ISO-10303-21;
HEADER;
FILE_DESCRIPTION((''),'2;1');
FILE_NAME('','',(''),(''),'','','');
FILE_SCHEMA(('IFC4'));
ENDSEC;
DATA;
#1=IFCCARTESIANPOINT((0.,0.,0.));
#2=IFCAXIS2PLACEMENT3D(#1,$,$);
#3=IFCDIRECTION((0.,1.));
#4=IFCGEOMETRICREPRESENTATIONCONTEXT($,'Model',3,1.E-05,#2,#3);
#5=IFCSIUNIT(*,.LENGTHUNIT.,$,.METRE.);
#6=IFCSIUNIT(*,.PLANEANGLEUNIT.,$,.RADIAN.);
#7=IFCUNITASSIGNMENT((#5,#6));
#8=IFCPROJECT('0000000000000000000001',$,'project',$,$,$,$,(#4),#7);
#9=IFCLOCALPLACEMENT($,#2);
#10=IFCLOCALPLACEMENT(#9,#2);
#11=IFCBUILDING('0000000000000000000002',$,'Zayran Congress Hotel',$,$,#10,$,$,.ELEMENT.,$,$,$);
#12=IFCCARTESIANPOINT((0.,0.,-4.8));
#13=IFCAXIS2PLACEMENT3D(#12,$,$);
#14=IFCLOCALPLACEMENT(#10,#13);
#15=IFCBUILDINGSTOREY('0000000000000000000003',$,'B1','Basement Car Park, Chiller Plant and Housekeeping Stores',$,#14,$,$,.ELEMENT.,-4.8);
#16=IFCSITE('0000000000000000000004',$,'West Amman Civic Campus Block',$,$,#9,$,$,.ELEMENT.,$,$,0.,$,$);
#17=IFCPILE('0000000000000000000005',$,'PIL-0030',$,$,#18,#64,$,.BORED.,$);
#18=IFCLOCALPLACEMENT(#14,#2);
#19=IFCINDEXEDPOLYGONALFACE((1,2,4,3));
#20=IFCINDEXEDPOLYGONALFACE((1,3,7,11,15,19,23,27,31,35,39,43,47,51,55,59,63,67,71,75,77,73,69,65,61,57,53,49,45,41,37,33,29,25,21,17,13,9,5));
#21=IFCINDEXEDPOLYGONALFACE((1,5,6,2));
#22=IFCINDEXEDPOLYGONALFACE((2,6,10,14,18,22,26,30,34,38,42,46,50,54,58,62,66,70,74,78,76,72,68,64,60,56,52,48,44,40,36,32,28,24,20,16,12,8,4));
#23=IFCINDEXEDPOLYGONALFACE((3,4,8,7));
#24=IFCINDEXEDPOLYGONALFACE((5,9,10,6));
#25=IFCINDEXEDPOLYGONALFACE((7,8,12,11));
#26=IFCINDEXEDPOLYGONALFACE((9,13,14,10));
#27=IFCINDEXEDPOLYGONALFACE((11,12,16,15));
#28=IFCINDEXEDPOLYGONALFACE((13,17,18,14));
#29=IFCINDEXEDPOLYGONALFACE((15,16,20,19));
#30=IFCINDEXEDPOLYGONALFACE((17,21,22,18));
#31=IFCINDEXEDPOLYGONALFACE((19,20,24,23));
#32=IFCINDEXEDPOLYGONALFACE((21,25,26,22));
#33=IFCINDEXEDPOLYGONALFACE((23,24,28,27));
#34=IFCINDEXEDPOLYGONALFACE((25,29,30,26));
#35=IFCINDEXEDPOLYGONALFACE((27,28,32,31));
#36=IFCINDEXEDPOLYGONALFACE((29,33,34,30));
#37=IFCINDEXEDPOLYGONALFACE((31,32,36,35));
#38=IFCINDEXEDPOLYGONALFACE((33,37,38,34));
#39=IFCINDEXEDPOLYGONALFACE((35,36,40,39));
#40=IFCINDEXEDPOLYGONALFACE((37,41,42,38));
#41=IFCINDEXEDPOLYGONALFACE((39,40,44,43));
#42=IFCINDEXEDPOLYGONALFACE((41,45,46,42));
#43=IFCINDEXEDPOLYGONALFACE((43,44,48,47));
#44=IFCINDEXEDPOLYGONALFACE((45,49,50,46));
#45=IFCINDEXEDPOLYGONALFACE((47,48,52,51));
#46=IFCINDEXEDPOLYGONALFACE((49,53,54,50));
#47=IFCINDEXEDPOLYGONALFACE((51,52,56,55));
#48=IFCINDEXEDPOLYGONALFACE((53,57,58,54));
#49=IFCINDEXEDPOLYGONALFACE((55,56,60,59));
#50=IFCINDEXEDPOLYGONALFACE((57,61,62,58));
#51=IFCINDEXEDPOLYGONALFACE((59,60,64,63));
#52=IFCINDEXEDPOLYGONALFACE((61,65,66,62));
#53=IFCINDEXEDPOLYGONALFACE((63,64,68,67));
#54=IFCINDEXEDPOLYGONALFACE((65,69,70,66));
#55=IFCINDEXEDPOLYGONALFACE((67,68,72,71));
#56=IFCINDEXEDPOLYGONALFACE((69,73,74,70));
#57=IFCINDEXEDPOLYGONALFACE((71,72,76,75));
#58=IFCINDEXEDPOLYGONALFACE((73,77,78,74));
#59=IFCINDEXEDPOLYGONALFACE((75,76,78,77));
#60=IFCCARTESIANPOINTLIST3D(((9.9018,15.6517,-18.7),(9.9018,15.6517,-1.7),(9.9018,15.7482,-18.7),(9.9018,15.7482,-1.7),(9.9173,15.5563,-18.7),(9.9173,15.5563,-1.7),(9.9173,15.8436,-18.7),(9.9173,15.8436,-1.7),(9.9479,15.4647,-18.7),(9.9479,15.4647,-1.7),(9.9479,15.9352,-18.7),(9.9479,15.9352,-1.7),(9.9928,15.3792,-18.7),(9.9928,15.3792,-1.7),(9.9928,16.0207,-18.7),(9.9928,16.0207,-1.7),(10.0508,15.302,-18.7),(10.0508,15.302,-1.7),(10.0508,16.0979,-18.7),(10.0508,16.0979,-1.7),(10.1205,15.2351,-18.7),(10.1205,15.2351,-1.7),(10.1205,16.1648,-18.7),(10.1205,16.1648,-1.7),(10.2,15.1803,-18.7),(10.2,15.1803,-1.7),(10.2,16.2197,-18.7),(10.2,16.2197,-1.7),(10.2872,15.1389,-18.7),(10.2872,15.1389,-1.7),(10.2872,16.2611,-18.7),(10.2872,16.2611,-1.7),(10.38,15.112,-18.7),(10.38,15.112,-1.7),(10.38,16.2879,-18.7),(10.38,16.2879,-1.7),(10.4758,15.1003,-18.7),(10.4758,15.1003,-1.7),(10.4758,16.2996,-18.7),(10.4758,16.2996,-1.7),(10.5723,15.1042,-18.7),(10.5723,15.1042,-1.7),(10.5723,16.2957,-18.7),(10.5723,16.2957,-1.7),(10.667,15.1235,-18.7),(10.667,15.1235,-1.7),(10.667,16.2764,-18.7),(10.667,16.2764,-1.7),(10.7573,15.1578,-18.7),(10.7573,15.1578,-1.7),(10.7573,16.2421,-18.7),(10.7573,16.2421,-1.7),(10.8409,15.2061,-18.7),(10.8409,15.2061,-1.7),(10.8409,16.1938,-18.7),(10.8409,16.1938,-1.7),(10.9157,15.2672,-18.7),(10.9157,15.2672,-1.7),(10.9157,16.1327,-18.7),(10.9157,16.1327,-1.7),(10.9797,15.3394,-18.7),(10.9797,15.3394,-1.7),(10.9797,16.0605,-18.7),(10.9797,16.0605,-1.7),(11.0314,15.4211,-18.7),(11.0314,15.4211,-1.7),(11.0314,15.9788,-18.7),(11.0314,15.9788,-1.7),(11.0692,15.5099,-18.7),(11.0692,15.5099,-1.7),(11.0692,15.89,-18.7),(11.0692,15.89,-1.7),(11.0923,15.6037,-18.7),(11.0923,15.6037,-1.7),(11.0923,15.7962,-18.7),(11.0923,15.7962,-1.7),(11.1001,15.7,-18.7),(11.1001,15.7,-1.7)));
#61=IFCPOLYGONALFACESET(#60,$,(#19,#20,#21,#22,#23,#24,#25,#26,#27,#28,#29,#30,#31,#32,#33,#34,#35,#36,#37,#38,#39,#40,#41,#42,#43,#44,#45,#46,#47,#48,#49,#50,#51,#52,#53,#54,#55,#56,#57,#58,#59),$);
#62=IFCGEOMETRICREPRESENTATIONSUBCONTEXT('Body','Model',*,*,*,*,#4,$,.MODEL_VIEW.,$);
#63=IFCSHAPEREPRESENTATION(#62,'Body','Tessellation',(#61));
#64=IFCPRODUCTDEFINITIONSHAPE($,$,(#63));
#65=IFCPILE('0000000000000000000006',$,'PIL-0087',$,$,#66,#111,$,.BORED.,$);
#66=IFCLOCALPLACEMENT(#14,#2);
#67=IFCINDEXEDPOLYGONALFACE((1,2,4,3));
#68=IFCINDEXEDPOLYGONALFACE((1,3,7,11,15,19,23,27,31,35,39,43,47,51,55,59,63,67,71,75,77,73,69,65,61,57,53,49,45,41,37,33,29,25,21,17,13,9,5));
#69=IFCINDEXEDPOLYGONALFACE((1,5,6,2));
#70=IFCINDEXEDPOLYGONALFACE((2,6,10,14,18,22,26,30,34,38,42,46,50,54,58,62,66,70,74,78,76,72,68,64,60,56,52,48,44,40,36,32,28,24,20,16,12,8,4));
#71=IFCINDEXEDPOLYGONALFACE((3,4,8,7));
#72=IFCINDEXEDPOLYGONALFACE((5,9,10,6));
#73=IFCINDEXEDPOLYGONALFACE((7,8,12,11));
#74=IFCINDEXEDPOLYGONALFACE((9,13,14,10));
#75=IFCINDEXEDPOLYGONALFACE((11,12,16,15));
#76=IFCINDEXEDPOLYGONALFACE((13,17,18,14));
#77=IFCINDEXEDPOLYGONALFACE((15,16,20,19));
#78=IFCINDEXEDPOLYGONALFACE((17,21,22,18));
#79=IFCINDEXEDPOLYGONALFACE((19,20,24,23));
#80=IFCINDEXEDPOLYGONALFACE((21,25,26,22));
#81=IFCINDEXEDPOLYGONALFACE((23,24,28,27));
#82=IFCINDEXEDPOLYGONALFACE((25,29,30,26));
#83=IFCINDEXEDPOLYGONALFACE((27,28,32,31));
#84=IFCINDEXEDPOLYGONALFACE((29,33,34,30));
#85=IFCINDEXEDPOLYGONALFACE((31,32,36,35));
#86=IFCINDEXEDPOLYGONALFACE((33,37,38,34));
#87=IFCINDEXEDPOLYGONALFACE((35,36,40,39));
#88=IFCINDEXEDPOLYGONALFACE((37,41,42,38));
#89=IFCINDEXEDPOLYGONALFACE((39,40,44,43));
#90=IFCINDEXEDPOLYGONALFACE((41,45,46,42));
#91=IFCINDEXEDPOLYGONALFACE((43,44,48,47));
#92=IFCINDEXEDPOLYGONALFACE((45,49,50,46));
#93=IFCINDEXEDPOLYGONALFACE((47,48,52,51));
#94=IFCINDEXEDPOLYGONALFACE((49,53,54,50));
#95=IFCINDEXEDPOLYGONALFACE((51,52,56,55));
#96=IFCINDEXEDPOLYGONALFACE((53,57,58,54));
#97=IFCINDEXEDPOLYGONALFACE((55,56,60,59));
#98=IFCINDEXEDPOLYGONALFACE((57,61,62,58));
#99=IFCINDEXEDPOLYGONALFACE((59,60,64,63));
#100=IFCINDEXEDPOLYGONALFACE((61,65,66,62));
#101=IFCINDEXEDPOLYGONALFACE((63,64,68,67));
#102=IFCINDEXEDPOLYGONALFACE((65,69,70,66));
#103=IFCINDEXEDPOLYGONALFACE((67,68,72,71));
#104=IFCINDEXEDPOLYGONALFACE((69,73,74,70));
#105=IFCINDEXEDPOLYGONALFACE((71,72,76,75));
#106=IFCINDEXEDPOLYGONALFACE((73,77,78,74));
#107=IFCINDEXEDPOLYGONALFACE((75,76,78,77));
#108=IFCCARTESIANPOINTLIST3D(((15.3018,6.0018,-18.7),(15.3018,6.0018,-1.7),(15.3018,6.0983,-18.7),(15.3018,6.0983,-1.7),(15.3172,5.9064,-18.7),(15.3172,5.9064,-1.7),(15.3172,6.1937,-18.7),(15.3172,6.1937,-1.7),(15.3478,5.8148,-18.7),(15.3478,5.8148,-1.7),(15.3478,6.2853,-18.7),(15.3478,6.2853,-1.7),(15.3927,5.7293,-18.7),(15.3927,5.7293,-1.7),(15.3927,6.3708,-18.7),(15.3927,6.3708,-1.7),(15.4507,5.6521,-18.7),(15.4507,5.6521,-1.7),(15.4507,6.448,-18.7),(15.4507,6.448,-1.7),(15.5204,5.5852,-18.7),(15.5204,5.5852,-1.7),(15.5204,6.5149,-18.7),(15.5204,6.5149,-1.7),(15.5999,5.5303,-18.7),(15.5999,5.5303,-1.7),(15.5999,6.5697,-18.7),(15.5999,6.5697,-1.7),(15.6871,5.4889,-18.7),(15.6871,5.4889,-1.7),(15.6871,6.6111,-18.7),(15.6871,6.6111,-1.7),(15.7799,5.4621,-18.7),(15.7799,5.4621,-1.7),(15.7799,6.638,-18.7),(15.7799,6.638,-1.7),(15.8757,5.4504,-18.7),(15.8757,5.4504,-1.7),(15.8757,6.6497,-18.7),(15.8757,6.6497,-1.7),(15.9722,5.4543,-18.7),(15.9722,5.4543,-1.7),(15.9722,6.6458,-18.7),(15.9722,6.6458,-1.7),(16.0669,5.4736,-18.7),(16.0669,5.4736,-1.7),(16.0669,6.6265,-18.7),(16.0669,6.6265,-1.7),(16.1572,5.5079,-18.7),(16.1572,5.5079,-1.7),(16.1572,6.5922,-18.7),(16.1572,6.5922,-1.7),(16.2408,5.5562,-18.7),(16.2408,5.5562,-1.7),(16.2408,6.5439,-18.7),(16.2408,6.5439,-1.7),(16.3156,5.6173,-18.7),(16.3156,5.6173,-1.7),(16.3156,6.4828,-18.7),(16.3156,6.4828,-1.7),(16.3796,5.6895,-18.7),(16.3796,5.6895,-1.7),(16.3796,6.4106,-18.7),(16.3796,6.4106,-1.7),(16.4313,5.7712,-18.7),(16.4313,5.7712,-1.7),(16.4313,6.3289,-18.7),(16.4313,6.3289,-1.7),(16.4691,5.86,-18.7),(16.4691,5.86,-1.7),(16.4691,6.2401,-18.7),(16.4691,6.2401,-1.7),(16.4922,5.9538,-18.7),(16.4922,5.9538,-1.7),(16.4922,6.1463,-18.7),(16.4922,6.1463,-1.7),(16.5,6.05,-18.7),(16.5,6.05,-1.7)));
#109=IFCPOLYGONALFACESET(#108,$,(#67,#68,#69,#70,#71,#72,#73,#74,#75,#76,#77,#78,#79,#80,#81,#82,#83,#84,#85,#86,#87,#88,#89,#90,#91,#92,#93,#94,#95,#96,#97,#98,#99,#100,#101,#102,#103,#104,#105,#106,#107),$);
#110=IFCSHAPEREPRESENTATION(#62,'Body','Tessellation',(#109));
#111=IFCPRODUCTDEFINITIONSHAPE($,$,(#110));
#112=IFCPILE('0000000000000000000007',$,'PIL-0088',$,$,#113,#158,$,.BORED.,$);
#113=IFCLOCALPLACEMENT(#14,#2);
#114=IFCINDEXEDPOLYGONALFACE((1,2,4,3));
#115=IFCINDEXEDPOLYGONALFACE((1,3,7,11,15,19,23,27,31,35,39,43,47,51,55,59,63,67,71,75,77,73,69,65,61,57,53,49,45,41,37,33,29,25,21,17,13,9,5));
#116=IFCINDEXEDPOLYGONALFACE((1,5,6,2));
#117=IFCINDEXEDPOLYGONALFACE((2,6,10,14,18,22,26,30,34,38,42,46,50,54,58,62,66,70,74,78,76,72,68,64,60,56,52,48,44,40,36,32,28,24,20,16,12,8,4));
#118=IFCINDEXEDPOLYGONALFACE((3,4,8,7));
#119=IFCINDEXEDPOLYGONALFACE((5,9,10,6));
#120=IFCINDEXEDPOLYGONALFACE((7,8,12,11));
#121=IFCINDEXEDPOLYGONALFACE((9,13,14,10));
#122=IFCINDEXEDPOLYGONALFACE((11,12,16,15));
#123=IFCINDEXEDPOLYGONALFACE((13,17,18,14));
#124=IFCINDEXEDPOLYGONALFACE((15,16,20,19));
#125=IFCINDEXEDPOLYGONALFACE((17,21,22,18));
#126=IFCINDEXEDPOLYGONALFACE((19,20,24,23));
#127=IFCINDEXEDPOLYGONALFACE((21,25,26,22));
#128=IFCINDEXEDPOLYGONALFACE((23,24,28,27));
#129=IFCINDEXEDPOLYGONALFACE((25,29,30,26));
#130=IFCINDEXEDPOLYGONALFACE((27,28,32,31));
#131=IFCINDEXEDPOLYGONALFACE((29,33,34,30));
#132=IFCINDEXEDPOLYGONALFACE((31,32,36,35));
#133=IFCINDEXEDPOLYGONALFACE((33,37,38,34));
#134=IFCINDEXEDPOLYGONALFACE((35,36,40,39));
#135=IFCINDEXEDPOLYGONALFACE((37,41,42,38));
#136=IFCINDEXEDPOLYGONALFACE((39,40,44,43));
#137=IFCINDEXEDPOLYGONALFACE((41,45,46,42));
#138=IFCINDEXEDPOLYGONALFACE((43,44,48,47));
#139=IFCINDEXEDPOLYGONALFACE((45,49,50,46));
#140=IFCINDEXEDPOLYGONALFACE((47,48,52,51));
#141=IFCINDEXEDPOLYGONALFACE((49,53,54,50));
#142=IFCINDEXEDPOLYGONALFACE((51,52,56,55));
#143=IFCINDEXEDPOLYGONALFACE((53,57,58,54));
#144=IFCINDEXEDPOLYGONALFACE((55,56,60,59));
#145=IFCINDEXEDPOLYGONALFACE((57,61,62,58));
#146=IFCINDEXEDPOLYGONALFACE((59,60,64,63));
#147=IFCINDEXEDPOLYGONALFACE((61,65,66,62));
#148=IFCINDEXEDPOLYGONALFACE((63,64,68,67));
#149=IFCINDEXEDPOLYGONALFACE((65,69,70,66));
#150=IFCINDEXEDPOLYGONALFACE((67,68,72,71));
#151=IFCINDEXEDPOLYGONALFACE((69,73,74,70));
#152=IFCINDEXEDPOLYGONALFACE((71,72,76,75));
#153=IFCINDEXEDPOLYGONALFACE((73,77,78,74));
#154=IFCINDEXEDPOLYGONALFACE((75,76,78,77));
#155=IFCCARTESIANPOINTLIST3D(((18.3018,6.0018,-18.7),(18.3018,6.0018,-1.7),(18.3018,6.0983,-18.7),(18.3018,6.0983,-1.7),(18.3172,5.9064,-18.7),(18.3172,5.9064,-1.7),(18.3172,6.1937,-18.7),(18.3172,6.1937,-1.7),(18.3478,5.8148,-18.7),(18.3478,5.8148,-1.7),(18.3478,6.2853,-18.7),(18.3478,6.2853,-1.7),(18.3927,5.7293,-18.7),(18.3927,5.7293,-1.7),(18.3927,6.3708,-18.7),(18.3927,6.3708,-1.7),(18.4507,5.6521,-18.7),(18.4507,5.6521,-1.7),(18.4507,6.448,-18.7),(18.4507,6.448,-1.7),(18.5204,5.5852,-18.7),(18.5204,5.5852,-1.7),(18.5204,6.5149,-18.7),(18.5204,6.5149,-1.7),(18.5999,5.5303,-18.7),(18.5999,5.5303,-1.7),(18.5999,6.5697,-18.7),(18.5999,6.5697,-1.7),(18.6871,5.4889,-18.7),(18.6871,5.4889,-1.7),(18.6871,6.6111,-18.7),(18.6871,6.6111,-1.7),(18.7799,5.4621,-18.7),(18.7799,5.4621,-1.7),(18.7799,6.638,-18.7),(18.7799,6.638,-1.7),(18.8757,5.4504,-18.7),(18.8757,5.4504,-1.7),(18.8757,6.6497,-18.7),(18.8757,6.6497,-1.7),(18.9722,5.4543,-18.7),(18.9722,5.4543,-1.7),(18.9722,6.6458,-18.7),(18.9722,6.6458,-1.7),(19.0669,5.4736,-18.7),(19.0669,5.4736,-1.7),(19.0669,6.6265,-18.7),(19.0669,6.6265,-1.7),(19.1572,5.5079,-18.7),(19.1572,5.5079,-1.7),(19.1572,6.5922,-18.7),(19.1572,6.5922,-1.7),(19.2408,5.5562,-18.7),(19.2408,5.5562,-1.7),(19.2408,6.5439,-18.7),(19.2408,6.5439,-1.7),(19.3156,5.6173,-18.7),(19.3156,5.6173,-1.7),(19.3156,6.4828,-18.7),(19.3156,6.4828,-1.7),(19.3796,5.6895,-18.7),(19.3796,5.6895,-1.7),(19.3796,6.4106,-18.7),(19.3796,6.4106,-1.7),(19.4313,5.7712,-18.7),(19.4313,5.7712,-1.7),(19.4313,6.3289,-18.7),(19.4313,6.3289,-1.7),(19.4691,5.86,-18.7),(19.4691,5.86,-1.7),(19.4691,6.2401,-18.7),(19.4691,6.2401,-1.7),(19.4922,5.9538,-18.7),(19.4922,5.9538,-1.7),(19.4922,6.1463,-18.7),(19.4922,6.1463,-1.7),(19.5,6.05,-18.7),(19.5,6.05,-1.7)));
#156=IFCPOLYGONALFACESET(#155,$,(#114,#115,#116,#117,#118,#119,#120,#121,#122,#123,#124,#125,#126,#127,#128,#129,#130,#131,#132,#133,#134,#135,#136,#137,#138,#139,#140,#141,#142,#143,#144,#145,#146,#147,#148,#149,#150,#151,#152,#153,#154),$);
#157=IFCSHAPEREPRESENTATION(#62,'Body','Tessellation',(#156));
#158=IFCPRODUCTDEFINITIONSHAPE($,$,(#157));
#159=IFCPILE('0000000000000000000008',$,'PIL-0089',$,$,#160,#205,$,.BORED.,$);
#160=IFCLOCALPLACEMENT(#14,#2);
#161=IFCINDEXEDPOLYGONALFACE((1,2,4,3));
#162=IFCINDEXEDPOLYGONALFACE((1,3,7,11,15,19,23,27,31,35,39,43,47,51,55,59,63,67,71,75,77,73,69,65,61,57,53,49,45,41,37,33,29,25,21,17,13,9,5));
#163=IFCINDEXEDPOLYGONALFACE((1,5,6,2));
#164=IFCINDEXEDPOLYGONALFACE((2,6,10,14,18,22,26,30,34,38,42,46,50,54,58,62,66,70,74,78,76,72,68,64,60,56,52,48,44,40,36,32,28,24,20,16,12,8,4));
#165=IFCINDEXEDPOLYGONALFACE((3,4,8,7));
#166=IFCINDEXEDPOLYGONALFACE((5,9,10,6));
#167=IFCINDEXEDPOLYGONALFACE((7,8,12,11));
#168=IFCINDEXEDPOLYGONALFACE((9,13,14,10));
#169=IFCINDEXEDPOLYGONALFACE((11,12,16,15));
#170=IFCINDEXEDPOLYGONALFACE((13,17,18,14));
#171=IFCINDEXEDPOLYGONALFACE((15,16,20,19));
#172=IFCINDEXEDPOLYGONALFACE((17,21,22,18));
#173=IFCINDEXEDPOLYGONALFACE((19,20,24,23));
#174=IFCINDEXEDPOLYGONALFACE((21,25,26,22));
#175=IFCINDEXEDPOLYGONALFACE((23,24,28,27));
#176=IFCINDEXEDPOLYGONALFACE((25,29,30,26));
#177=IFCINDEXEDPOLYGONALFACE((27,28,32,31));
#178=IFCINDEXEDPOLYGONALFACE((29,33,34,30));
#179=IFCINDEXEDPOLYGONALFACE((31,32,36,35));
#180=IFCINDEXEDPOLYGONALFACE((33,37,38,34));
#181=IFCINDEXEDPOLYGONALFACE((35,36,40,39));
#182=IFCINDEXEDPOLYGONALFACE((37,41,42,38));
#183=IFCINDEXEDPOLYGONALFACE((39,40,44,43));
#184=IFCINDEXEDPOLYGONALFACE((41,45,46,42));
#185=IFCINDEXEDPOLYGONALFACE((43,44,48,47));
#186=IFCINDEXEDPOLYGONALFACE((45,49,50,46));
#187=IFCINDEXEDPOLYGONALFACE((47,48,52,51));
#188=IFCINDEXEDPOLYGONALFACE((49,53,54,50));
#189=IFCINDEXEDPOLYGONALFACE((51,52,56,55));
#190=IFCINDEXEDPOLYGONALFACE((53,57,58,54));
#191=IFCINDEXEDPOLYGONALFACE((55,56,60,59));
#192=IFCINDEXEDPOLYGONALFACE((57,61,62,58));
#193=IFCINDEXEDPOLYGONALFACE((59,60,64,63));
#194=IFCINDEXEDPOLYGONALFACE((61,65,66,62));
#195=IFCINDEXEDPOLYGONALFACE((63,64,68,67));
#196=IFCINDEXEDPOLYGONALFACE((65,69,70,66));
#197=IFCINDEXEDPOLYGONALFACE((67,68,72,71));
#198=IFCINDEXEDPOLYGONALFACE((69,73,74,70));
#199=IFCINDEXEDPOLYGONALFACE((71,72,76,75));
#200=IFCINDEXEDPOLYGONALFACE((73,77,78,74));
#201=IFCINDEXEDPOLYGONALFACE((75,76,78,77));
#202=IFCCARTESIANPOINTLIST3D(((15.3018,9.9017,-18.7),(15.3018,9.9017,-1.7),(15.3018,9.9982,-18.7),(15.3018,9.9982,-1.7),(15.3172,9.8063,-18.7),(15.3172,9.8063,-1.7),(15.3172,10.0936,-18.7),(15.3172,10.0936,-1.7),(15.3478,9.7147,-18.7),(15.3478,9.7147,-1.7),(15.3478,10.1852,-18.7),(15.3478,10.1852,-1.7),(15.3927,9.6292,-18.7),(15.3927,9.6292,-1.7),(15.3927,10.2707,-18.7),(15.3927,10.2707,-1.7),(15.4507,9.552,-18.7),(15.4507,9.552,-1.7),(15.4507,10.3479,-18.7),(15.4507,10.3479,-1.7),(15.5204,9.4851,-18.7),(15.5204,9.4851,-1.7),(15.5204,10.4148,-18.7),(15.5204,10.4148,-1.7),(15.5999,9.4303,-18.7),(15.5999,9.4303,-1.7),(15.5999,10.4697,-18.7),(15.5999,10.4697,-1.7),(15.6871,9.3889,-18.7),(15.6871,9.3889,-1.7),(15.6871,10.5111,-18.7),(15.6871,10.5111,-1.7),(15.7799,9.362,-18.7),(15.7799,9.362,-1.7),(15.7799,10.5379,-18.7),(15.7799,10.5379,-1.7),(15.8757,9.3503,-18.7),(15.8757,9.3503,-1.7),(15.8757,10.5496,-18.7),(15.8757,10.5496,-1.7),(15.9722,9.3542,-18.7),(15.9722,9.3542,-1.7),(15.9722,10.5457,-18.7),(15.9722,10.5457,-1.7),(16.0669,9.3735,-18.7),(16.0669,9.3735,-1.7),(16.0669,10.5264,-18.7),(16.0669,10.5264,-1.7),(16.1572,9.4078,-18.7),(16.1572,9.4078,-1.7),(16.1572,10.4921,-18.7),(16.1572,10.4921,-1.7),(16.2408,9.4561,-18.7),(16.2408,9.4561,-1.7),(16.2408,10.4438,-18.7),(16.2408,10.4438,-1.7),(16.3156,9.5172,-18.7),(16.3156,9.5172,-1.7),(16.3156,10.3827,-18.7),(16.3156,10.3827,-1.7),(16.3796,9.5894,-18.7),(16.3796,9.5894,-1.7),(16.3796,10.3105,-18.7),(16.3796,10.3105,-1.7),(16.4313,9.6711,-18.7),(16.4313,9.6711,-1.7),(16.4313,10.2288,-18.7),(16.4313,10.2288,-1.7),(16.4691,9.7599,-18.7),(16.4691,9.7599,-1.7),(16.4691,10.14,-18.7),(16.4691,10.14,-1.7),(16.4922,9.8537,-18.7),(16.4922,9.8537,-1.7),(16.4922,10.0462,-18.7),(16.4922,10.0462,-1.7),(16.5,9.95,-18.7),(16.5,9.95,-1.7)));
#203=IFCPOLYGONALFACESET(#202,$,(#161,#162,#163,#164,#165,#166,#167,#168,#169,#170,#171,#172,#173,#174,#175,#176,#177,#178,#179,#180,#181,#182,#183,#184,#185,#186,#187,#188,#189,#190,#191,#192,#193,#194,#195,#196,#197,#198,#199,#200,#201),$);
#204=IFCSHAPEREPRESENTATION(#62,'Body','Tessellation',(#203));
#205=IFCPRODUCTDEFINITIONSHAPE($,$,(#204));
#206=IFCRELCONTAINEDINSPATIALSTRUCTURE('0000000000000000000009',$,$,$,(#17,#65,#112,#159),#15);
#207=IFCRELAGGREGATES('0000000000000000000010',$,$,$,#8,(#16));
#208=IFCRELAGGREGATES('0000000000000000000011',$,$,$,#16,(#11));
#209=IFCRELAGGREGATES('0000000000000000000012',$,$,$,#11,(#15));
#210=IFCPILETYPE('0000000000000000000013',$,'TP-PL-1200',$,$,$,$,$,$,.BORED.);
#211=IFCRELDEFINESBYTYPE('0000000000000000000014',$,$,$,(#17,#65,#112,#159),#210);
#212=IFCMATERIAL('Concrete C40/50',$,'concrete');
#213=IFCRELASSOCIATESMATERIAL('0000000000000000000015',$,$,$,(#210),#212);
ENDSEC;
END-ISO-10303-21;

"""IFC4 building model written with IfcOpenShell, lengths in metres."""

from ifc_helpers import new_model, si_unit, direction, frame, origin, origin_2d, place, context, subcontext, project, spatial, circle, extrude, material, material_profile, profile_set, type_object, element, save


model = new_model("IFC4")

# Units and contexts
model_context = context("Model", 3, precision=1e-05, world=origin(), true_north=direction((0.0, 1.0)))
body_context = subcontext(model_context, "Body", "Model", "MODEL_VIEW")
ifc_project = project(units=[si_unit("LENGTHUNIT", "METRE"), si_unit("PLANEANGLEUNIT", "RADIAN")], contexts=[model_context])

# Site, building, storey
site_placement = place(None, origin())
site = spatial("IfcSite", under=ifc_project, at=site_placement, Name="West Amman Civic Campus Block", CompositionType="ELEMENT", RefElevation=0.0)
building_placement = place(site_placement, origin())
building = spatial("IfcBuilding", under=site, at=building_placement, Name="Zayran Congress Hotel", CompositionType="ELEMENT")
storey_placement = place(building_placement, frame((0.0, 0.0, -4.8)))
storey = spatial("IfcBuildingStorey", under=building, at=storey_placement, Name="B1", Description="Basement Car Park, Chiller Plant and Housekeeping Stores", CompositionType="ELEMENT", Elevation=-4.8)

# Piles
ifc_material_1 = material(Name="Concrete C40/50", Category="concrete")
ifc_material_profile_1 = material_profile(ifc_material_1, circle(Radius=0.6001, at=origin_2d()), Name="PILE D1200")
ifc_profile_set_1 = profile_set([ifc_material_profile_1], Name="Concrete C40/50")
pile_type = type_object("IfcPileType", Name="TP-PL-1200", PredefinedType="BORED", material=ifc_profile_set_1)
for number, where, z_axis, x_axis, name in (
    (1, (10.5, 15.7, -1.7), (0.0, 0.0, -1.0), (1.0, 0.0, 0.0), "PIL-0030"),
    (2, (15.8999, 6.05, -1.7), (0.0, 0.0, -1.0), (1.0, 0.0, 0.0), "PIL-0087"),
    (3, (18.8999, 6.05, -1.7), (0.0, 0.0, -1.0), (1.0, 0.0, 0.0), "PIL-0088"),
    (4, (15.8999, 9.95, -1.7), (0.0, 0.0, -1.0), (1.0, 0.0, 0.0), "PIL-0089"),
):
    element("IfcPile", number, at=place(storey_placement, frame(where, z_axis=z_axis, x_axis=x_axis)), inside=storey, type_object=pile_type, Name=name, PredefinedType="BORED", context=body_context, shape_type="SweptSolid", body=[
        extrude(circle(Radius=0.6001, at=origin_2d()), origin(), (0.0, 0.0, 1.0), 17.0),
    ])

save(model, "model.ifc")
